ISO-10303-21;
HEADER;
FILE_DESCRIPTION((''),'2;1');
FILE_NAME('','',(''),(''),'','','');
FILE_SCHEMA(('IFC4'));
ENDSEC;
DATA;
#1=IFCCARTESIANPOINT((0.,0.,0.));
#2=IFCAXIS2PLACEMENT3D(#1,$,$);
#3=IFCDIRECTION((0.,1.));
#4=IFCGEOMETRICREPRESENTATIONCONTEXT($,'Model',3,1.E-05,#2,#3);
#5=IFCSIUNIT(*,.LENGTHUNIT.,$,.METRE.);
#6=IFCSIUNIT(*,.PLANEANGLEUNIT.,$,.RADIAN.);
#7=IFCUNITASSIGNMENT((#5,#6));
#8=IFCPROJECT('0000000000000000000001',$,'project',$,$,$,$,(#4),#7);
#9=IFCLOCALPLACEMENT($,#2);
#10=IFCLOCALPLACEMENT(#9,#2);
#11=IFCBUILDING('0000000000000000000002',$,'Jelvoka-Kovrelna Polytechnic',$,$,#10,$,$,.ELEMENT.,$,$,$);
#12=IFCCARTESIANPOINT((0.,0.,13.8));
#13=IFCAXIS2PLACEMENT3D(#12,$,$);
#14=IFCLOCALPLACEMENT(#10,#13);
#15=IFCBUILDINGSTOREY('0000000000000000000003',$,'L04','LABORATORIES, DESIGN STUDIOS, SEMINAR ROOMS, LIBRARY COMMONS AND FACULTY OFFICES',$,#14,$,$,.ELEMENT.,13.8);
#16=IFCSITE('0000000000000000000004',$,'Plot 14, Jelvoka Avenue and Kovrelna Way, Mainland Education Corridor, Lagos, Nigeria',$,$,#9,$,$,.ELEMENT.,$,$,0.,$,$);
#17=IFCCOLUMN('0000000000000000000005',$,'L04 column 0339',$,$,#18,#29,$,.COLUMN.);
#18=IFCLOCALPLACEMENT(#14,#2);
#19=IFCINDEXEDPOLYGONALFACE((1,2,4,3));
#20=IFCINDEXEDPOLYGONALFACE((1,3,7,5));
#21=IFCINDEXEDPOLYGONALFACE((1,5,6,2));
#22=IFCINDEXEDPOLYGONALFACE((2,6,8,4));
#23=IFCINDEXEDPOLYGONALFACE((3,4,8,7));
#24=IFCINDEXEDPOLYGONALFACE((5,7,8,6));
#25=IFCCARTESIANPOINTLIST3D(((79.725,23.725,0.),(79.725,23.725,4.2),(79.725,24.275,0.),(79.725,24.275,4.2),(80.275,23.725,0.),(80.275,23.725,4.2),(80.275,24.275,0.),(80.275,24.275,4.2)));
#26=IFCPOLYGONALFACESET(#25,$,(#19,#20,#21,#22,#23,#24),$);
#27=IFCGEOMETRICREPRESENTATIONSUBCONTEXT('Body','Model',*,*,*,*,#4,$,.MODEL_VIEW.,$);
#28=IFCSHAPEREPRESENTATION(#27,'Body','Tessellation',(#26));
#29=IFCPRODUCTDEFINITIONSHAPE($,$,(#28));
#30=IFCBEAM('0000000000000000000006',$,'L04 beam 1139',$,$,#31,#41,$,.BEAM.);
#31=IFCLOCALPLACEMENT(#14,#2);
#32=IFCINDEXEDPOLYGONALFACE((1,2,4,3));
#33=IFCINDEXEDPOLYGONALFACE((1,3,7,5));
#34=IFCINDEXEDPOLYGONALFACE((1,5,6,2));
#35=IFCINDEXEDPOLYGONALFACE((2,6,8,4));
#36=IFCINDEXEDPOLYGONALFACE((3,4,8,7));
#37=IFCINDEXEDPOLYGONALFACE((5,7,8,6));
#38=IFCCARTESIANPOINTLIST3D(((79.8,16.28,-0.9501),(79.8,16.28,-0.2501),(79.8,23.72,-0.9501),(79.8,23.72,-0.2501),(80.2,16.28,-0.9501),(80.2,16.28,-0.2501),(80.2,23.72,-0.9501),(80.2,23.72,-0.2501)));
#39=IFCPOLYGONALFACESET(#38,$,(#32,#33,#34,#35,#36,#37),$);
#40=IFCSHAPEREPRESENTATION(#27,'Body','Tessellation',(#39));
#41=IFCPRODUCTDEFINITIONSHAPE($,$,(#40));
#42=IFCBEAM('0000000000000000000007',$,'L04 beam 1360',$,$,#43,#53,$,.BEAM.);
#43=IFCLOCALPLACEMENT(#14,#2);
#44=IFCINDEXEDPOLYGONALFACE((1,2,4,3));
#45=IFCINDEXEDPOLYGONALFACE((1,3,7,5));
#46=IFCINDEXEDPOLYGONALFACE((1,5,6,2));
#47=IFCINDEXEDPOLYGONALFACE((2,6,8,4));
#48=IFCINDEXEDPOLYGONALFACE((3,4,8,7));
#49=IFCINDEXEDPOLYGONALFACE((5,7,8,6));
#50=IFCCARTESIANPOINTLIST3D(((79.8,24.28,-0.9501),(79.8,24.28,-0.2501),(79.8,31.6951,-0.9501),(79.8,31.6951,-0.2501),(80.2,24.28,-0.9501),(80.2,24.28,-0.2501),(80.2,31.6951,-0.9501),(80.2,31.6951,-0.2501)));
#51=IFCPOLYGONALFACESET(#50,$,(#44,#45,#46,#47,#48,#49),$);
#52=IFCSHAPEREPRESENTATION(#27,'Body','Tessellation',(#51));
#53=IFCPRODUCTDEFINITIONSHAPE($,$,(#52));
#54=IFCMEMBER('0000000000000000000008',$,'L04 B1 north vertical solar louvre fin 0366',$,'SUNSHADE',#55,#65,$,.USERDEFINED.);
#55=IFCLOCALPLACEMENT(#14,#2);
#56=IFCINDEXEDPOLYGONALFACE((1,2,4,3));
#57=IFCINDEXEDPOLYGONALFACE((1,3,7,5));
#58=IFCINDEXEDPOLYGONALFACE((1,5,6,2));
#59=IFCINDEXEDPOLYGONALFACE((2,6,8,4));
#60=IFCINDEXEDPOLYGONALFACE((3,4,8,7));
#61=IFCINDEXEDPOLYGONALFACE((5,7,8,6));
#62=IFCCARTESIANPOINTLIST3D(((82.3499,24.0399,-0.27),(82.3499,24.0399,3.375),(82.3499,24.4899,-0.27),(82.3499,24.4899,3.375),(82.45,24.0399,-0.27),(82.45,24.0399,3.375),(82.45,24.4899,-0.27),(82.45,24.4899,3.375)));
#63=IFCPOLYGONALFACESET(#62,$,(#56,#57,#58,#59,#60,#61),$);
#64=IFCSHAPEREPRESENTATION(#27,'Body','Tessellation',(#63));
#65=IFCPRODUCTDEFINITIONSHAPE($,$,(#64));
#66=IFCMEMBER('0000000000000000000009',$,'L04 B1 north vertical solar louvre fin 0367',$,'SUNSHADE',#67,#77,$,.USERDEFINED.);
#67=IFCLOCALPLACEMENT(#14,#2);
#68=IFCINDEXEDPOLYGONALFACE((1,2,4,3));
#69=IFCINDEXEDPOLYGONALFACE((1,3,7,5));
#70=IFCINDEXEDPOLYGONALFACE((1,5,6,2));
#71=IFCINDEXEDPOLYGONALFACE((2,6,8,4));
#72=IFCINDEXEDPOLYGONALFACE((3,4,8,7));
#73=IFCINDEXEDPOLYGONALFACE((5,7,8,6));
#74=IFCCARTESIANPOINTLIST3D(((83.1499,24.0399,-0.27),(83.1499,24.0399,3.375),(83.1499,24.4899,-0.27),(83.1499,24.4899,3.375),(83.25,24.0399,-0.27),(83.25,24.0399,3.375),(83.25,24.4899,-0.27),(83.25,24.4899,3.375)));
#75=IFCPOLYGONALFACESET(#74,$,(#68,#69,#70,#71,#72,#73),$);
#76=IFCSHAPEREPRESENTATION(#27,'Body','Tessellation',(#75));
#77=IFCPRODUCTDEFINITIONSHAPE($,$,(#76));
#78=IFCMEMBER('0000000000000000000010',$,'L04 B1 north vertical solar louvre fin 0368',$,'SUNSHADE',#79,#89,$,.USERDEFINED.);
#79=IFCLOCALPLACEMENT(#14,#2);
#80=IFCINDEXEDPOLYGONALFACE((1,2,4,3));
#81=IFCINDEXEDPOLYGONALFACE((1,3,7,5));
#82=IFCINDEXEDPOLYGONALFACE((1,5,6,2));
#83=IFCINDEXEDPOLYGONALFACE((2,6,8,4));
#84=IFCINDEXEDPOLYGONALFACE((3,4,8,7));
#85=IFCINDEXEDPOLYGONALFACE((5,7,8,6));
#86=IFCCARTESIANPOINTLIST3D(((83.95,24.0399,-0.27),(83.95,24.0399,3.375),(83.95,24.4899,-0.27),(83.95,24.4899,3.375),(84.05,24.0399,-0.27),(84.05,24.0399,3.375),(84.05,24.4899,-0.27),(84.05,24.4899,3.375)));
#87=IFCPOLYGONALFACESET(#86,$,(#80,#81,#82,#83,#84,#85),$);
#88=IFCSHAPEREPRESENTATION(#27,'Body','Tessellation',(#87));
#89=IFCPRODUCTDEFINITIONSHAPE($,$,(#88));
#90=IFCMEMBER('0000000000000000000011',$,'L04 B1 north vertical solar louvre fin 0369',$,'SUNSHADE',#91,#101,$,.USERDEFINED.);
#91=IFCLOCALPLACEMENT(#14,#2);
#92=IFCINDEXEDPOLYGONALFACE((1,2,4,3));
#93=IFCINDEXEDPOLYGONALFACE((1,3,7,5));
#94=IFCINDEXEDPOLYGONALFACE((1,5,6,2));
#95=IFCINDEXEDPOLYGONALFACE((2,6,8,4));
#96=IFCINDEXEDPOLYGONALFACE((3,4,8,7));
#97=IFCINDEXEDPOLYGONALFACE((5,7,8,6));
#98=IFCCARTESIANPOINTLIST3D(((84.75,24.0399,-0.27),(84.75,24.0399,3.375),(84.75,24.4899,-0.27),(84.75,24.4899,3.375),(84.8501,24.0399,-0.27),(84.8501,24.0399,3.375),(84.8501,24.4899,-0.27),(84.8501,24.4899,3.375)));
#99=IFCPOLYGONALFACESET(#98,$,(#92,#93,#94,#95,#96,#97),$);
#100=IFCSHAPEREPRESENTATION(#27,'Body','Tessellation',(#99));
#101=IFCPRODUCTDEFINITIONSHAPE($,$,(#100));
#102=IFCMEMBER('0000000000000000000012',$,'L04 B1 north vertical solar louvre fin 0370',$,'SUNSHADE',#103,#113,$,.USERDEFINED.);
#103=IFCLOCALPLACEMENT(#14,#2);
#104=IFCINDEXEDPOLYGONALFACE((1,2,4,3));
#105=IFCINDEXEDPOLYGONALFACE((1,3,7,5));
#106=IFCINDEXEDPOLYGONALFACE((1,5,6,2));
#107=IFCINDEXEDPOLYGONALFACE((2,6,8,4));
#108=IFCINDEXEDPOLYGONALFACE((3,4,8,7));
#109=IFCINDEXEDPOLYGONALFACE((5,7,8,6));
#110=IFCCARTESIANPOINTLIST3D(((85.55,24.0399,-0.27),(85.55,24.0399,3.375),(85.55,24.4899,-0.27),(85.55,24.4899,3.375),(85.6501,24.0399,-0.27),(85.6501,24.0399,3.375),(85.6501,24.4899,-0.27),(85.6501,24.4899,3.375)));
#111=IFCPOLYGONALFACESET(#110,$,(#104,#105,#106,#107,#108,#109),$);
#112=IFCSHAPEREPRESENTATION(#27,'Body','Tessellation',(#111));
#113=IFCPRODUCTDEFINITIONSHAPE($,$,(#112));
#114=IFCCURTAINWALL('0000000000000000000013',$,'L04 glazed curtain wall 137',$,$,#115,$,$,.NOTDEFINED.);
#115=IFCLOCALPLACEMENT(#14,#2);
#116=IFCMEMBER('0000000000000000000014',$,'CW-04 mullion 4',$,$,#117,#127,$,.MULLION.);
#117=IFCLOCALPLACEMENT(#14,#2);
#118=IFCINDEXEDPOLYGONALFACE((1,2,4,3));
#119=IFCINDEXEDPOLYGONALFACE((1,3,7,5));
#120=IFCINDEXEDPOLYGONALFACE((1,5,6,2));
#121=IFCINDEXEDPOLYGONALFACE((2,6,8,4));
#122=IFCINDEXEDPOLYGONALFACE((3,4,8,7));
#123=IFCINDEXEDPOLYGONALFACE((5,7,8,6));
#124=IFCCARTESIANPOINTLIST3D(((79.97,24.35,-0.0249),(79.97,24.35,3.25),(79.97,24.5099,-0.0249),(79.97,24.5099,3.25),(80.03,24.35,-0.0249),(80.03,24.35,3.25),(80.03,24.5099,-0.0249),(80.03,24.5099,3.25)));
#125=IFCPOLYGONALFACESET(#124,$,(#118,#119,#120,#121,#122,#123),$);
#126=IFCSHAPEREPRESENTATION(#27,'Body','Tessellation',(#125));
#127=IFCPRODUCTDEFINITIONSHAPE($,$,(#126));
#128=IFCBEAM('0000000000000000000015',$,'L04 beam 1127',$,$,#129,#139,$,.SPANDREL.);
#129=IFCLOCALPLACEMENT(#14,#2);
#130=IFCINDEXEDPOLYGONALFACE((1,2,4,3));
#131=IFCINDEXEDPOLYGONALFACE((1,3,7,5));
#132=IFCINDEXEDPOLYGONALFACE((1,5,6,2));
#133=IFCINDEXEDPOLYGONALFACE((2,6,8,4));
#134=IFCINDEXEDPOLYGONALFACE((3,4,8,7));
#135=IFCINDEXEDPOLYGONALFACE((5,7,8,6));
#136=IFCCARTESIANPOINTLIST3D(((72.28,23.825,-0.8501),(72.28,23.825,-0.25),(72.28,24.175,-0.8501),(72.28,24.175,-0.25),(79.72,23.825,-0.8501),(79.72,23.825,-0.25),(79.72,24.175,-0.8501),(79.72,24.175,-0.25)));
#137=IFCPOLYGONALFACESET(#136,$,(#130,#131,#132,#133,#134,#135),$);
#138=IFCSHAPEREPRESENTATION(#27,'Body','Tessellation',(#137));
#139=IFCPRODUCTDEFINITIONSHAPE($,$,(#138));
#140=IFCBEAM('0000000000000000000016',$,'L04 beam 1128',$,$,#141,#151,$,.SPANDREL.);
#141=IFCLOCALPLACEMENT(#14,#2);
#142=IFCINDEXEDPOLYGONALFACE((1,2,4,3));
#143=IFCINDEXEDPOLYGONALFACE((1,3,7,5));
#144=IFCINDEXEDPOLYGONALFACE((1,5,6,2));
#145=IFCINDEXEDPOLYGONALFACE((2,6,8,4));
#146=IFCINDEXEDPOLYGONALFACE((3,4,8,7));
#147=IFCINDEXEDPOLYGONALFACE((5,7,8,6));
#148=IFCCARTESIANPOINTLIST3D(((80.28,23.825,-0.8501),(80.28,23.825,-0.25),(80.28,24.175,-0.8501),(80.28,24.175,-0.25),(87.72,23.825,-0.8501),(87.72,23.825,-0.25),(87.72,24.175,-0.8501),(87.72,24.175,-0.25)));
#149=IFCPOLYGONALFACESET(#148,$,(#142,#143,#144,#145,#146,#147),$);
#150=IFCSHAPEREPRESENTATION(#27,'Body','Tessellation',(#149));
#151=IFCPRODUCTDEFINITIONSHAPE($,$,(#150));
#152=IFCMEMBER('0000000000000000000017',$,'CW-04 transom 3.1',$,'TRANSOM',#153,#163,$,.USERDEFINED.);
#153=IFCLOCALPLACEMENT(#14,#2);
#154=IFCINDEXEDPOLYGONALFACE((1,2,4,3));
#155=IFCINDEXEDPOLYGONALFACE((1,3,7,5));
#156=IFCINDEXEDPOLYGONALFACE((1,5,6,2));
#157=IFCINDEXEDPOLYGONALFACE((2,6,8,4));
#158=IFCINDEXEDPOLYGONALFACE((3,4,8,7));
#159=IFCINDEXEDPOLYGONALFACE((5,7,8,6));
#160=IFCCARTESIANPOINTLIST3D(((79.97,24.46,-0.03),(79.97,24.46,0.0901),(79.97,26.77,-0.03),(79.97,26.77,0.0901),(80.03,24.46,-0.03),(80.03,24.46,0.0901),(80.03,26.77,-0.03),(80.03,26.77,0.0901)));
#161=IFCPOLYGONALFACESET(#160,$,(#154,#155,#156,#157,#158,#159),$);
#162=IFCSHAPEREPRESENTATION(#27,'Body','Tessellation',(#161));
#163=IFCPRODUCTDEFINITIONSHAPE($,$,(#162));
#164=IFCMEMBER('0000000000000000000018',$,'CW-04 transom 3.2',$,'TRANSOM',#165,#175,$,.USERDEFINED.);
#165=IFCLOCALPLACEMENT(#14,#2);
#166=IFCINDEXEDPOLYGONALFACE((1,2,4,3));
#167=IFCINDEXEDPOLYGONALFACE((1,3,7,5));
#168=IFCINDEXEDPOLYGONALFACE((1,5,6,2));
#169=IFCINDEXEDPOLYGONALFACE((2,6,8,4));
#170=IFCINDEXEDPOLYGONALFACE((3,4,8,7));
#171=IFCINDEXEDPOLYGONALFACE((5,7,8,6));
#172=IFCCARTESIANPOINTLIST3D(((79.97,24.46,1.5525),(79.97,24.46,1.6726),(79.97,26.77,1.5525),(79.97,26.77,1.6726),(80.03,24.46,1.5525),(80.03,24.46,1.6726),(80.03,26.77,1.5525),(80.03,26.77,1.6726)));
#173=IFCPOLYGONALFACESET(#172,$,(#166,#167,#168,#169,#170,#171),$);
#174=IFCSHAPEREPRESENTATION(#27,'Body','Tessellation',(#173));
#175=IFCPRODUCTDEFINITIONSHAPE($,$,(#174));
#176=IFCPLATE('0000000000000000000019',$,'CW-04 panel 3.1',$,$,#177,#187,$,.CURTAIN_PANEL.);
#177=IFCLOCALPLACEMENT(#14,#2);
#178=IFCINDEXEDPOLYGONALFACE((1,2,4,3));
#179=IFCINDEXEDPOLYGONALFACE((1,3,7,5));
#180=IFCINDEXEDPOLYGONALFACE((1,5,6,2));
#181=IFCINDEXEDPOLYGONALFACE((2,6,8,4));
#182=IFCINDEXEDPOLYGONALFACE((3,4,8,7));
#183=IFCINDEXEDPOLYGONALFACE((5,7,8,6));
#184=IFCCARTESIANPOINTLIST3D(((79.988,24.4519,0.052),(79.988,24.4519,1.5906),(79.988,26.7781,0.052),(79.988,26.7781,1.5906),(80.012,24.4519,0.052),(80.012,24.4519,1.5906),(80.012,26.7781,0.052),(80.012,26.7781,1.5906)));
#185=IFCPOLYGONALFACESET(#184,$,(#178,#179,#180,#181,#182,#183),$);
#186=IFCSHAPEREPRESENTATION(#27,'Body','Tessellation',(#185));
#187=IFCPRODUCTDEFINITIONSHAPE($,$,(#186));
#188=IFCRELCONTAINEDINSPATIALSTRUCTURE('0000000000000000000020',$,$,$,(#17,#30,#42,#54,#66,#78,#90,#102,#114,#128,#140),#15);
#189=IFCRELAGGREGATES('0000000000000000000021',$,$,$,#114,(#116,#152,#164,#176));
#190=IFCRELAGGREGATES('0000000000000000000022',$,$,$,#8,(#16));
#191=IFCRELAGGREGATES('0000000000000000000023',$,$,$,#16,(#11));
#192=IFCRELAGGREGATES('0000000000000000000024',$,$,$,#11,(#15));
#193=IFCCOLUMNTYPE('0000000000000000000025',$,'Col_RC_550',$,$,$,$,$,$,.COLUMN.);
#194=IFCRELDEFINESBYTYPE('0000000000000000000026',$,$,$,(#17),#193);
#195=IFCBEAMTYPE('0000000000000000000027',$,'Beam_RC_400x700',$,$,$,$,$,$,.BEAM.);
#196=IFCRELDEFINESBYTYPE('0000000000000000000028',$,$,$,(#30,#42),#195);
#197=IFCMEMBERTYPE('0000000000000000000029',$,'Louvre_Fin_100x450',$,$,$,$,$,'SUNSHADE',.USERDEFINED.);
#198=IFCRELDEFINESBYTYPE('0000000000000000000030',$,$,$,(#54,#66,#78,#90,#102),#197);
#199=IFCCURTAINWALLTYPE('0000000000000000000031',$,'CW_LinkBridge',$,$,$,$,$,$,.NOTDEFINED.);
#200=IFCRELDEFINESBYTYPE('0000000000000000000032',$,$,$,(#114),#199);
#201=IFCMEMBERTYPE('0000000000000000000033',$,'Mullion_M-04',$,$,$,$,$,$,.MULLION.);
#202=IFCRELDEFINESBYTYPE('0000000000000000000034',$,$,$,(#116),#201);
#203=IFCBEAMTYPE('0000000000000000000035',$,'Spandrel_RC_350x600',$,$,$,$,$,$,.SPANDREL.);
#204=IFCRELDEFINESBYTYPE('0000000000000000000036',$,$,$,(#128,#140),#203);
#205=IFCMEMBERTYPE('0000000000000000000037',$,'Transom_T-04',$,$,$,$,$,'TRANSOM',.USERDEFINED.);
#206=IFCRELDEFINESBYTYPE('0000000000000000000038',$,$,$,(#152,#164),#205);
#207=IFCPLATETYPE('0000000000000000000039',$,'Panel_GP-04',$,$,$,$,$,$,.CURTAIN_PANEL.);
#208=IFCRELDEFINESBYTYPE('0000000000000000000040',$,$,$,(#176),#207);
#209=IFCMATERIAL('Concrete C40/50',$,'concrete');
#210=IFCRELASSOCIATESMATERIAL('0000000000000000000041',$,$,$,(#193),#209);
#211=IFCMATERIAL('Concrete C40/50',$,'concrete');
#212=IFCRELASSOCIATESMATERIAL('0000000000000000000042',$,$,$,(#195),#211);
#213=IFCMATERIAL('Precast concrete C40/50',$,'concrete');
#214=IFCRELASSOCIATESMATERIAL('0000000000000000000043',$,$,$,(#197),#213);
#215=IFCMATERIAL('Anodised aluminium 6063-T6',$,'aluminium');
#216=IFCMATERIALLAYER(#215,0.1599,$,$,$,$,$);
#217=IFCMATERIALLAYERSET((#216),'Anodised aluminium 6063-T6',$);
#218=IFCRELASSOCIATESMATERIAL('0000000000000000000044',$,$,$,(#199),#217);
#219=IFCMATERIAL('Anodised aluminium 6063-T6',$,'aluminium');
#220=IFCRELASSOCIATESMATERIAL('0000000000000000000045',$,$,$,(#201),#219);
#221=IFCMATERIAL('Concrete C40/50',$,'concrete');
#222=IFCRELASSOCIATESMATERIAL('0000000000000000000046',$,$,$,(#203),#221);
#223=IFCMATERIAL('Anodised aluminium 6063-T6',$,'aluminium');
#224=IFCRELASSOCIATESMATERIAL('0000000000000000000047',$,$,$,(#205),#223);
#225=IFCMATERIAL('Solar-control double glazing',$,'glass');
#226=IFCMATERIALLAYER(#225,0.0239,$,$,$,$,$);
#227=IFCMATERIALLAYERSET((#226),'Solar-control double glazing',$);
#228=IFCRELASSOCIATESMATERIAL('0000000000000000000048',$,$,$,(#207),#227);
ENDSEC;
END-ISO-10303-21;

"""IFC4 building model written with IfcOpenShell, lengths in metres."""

from ifc_helpers import new_model, si_unit, direction, frame, origin, origin_2d, place, context, subcontext, project, spatial, rectangle, extrude, material, layer, layer_set, material_profile, profile_set, type_object, element, aggregate, save


model = new_model("IFC4")

# Units and contexts
model_context = context("Model", 3, precision=1e-05, world=origin(), true_north=direction((0.0, 1.0)))
body_context = subcontext(model_context, "Body", "Model", "MODEL_VIEW")
ifc_project = project(units=[si_unit("LENGTHUNIT", "METRE"), si_unit("PLANEANGLEUNIT", "RADIAN")], contexts=[model_context])

# Site, building, storey
site_placement = place(None, origin())
site = spatial("IfcSite", under=ifc_project, at=site_placement, Name="Plot 14, Jelvoka Avenue and Kovrelna Way, Mainland Education Corridor, Lagos, Nigeria", CompositionType="ELEMENT", RefElevation=0.0)
building_placement = place(site_placement, origin())
building = spatial("IfcBuilding", under=site, at=building_placement, Name="Jelvoka-Kovrelna Polytechnic", CompositionType="ELEMENT")
storey_placement = place(building_placement, frame((0.0, 0.0, 13.8)))
storey = spatial("IfcBuildingStorey", under=building, at=storey_placement, Name="L04", Description="LABORATORIES, DESIGN STUDIOS, SEMINAR ROOMS, LIBRARY COMMONS AND FACULTY OFFICES", CompositionType="ELEMENT", Elevation=13.8)

# Column
ifc_material_1 = material(Name="Concrete C40/50", Category="concrete")
ifc_material_profile_1 = material_profile(ifc_material_1, rectangle(XDim=0.55, YDim=0.55, at=origin_2d()), Name="RC 550x550")
ifc_profile_set_1 = profile_set([ifc_material_profile_1], Name="Concrete C40/50")
column_type = type_object("IfcColumnType", Name="Col_RC_550", PredefinedType="COLUMN", material=ifc_profile_set_1)
column_placement = place(storey_placement, frame((80.0, 24.0, 0.0), z_axis=(0.0, 0.0, 1.0), x_axis=(1.0, 0.0, 0.0)))
element("IfcColumn", 1, at=column_placement, inside=storey, type_object=column_type, Name="L04 column 0339", PredefinedType="COLUMN", context=body_context, shape_type="SweptSolid", body=[
    extrude(rectangle(XDim=0.55, YDim=0.55, at=origin_2d()), origin(), (0.0, 0.0, 1.0), 4.2),
])

# Beams
ifc_material_2 = material(Name="Concrete C40/50", Category="concrete")
ifc_material_profile_2 = material_profile(ifc_material_2, rectangle(XDim=0.3999, YDim=0.7, at=origin_2d()), Name="RC 400x700")
ifc_profile_set_2 = profile_set([ifc_material_profile_2], Name="Concrete C40/50")
beam_type_1 = type_object("IfcBeamType", Name="Beam_RC_400x700", PredefinedType="BEAM", material=ifc_profile_set_2)
beam_1_placement = place(storey_placement, frame((80.0, 16.28, -0.6001), z_axis=(0.0, 1.0, 0.0), x_axis=(-1.0, 0.0, 0.0)))
element("IfcBeam", 2, at=beam_1_placement, inside=storey, type_object=beam_type_1, Name="L04 beam 1139", PredefinedType="BEAM", context=body_context, shape_type="SweptSolid", body=[
    extrude(rectangle(XDim=0.3999, YDim=0.7, at=origin_2d()), origin(), (0.0, 0.0, 1.0), 7.4399),
])
beam_2_placement = place(storey_placement, frame((80.0, 24.28, -0.6001), z_axis=(0.0, 1.0, 0.0), x_axis=(-1.0, 0.0, 0.0)))
element("IfcBeam", 3, at=beam_2_placement, inside=storey, type_object=beam_type_1, Name="L04 beam 1360", PredefinedType="BEAM", context=body_context, shape_type="SweptSolid", body=[
    extrude(rectangle(XDim=0.3999, YDim=0.7, at=origin_2d()), origin(), (0.0, 0.0, 1.0), 7.415),
])

# Members
ifc_material_3 = material(Name="Precast concrete C40/50", Category="concrete")
ifc_material_profile_3 = material_profile(ifc_material_3, rectangle(XDim=0.1001, YDim=0.45, at=origin_2d()), Name="PC 100x450")
ifc_profile_set_3 = profile_set([ifc_material_profile_3], Name="Precast concrete C40/50")
member_type_1 = type_object("IfcMemberType", Name="Louvre_Fin_100x450", ElementType="SUNSHADE", PredefinedType="USERDEFINED", material=ifc_profile_set_3)
for number, where, z_axis, x_axis, name in (
    (4, (82.3999, 24.2649, -0.27), (0.0, 0.0, 1.0), (1.0, 0.0, 0.0), "L04 B1 north vertical solar louvre fin 0366"),
    (5, (83.2, 24.2649, -0.27), (0.0, 0.0, 1.0), (1.0, 0.0, 0.0), "L04 B1 north vertical solar louvre fin 0367"),
    (6, (84.0, 24.2649, -0.27), (0.0, 0.0, 1.0), (1.0, 0.0, 0.0), "L04 B1 north vertical solar louvre fin 0368"),
    (7, (84.8, 24.2649, -0.27), (0.0, 0.0, 1.0), (1.0, 0.0, 0.0), "L04 B1 north vertical solar louvre fin 0369"),
    (8, (85.6001, 24.2649, -0.27), (0.0, 0.0, 1.0), (1.0, 0.0, 0.0), "L04 B1 north vertical solar louvre fin 0370"),
):
    element("IfcMember", number, at=place(storey_placement, frame(where, z_axis=z_axis, x_axis=x_axis)), inside=storey, type_object=member_type_1, Name=name, ObjectType="SUNSHADE", PredefinedType="USERDEFINED", context=body_context, shape_type="SweptSolid", body=[
        extrude(rectangle(XDim=0.1001, YDim=0.45, at=origin_2d()), origin(), (0.0, 0.0, 1.0), 3.645),
    ])

# Curtain wall, member
ifc_material_4 = material(Name="Anodised aluminium 6063-T6", Category="aluminium")
ifc_layer_1 = layer(ifc_material_4, 0.1599)
ifc_layer_set_1 = layer_set([ifc_layer_1], Name="Anodised aluminium 6063-T6")
curtain_wall_type = type_object("IfcCurtainWallType", Name="CW_LinkBridge", PredefinedType="NOTDEFINED", material=ifc_layer_set_1)
curtain_wall_placement = place(storey_placement, origin())
curtain_wall = element("IfcCurtainWall", 9, at=curtain_wall_placement, inside=storey, type_object=curtain_wall_type, Name="L04 glazed curtain wall 137", PredefinedType="NOTDEFINED")
ifc_material_5 = material(Name="Anodised aluminium 6063-T6", Category="aluminium")
ifc_material_profile_4 = material_profile(ifc_material_5, rectangle(XDim=0.0601, YDim=0.1599, at=origin_2d()), Name="ALU 60x160")
ifc_profile_set_4 = profile_set([ifc_material_profile_4], Name="Anodised aluminium 6063-T6")
member_type_2 = type_object("IfcMemberType", Name="Mullion_M-04", PredefinedType="MULLION", material=ifc_profile_set_4)
member_1_placement = place(storey_placement, frame((80.0, 24.4299, -0.0249), z_axis=(0.0, 0.0, 1.0), x_axis=(1.0, 0.0, 0.0)))
member_1 = element("IfcMember", 10, at=member_1_placement, type_object=member_type_2, Name="CW-04 mullion 4", PredefinedType="MULLION", context=body_context, shape_type="SweptSolid", body=[
    extrude(rectangle(XDim=0.0601, YDim=0.1599, at=origin_2d()), origin(), (0.0, 0.0, 1.0), 3.2749),
])

# Beams
ifc_material_6 = material(Name="Concrete C40/50", Category="concrete")
ifc_material_profile_5 = material_profile(ifc_material_6, rectangle(XDim=0.3501, YDim=0.6001, at=origin_2d()), Name="RC 350x600")
ifc_profile_set_5 = profile_set([ifc_material_profile_5], Name="Concrete C40/50")
beam_type_2 = type_object("IfcBeamType", Name="Spandrel_RC_350x600", PredefinedType="SPANDREL", material=ifc_profile_set_5)
for number, where, z_axis, x_axis, name in (
    (11, (72.28, 24.0, -0.55), (1.0, 0.0, 0.0), (0.0, 1.0, 0.0), "L04 beam 1127"),
    (12, (80.28, 24.0, -0.55), (1.0, 0.0, 0.0), (0.0, 1.0, 0.0), "L04 beam 1128"),
):
    element("IfcBeam", number, at=place(storey_placement, frame(where, z_axis=z_axis, x_axis=x_axis)), inside=storey, type_object=beam_type_2, Name=name, PredefinedType="SPANDREL", context=body_context, shape_type="SweptSolid", body=[
        extrude(rectangle(XDim=0.3501, YDim=0.6001, at=origin_2d()), origin(), (0.0, 0.0, 1.0), 7.4399),
    ])

# Members
ifc_material_7 = material(Name="Anodised aluminium 6063-T6", Category="aluminium")
ifc_material_profile_6 = material_profile(ifc_material_7, rectangle(XDim=0.0601, YDim=0.1201, at=origin_2d()), Name="ALU 60x120")
ifc_profile_set_6 = profile_set([ifc_material_profile_6], Name="Anodised aluminium 6063-T6")
member_type_3 = type_object("IfcMemberType", Name="Transom_T-04", ElementType="TRANSOM", PredefinedType="USERDEFINED", material=ifc_profile_set_6)
member_2_placement = place(storey_placement, frame((80.0, 26.77, 0.03), z_axis=(0.0, -1.0, 0.0), x_axis=(1.0, 0.0, 0.0)))
member_2 = element("IfcMember", 13, at=member_2_placement, type_object=member_type_3, Name="CW-04 transom 3.1", ObjectType="TRANSOM", PredefinedType="USERDEFINED", context=body_context, shape_type="SweptSolid", body=[
    extrude(rectangle(XDim=0.0601, YDim=0.1201, at=origin_2d()), origin(), (0.0, 0.0, 1.0), 2.3101),
])
member_3_placement = place(storey_placement, frame((80.0, 26.77, 1.6125), z_axis=(0.0, -1.0, 0.0), x_axis=(1.0, 0.0, 0.0)))
member_3 = element("IfcMember", 14, at=member_3_placement, type_object=member_type_3, Name="CW-04 transom 3.2", ObjectType="TRANSOM", PredefinedType="USERDEFINED", context=body_context, shape_type="SweptSolid", body=[
    extrude(rectangle(XDim=0.0601, YDim=0.1201, at=origin_2d()), origin(), (0.0, 0.0, 1.0), 2.3101),
])

# Plate
ifc_material_8 = material(Name="Solar-control double glazing", Category="glass")
ifc_layer_2 = layer(ifc_material_8, 0.0239)
ifc_layer_set_2 = layer_set([ifc_layer_2], Name="Solar-control double glazing")
plate_type = type_object("IfcPlateType", Name="Panel_GP-04", PredefinedType="CURTAIN_PANEL", material=ifc_layer_set_2)
plate_1_placement = place(storey_placement, frame((80.0, 25.615, 0.052), z_axis=(0.0, 0.0, 1.0), x_axis=(0.0, -1.0, 0.0)))
plate_1 = element("IfcPlate", 15, at=plate_1_placement, type_object=plate_type, Name="CW-04 panel 3.1", PredefinedType="CURTAIN_PANEL", context=body_context, shape_type="SweptSolid", body=[
    extrude(rectangle(XDim=2.3262, YDim=0.0239, at=origin_2d()), origin(), (0.0, 0.0, 1.0), 1.5386),
])
aggregate(curtain_wall, [member_1, member_2, member_3, plate_1])

save(model, "model.ifc")
